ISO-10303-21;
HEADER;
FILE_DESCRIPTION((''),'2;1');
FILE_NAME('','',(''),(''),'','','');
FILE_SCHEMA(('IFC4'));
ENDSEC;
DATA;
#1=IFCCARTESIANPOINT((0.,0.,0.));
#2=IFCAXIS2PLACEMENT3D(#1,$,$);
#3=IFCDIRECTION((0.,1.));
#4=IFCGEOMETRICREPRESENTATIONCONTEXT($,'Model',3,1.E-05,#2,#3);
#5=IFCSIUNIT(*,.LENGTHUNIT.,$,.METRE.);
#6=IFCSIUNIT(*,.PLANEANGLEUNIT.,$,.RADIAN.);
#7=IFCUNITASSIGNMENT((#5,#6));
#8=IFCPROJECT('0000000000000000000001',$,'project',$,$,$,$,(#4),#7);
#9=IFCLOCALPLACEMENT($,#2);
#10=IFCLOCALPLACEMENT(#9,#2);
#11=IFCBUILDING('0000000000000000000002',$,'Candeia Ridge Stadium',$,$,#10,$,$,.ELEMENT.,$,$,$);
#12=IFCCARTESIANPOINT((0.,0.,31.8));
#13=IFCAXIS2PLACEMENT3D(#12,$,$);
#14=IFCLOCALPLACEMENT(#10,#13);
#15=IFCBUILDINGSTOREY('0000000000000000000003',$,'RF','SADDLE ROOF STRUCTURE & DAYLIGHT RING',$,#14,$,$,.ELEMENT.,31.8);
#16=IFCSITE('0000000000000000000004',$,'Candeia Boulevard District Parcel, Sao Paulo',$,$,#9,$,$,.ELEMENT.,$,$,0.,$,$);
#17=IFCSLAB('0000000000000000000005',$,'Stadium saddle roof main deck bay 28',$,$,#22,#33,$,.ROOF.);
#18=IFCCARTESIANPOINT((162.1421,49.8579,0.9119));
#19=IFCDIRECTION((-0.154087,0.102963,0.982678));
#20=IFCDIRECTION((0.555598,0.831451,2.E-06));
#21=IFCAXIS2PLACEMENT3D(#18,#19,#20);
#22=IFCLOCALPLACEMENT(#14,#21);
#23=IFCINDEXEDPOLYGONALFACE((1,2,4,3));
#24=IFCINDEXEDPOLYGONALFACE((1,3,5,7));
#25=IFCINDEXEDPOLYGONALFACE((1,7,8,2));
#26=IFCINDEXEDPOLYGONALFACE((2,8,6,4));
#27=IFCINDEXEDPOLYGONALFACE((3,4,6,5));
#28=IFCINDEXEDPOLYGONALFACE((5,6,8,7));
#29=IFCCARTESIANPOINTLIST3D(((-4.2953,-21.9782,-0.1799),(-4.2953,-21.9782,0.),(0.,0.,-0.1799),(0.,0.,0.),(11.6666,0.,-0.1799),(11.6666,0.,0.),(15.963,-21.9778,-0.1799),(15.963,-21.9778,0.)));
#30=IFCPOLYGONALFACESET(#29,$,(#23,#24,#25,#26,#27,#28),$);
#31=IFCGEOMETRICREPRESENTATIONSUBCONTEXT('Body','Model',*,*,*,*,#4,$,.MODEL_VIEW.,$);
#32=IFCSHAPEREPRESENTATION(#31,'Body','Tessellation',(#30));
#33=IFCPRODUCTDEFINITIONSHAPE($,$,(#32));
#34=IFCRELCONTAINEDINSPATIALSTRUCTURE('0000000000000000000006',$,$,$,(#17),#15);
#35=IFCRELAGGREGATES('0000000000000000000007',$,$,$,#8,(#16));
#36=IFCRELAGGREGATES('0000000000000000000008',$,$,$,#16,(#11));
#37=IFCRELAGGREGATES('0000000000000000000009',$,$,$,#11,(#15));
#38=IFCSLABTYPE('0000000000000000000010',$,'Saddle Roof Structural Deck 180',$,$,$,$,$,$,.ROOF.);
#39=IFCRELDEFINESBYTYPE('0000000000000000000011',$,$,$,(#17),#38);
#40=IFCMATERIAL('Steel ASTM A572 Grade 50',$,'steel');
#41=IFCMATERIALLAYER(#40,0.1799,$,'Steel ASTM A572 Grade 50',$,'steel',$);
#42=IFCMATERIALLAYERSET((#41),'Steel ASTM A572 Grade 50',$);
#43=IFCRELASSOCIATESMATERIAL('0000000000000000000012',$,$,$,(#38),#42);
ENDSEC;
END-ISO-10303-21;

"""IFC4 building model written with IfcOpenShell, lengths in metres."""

from ifc_helpers import new_model, si_unit, direction, frame, origin, place, context, subcontext, project, spatial, polyline, outline, extrude, material, layer, layer_set, type_object, element, save


model = new_model("IFC4")

# Units and contexts
model_context = context("Model", 3, precision=1e-05, world=origin(), true_north=direction((0.0, 1.0)))
body_context = subcontext(model_context, "Body", "Model", "MODEL_VIEW")
ifc_project = project(units=[si_unit("LENGTHUNIT", "METRE"), si_unit("PLANEANGLEUNIT", "RADIAN")], contexts=[model_context])

# Site, building, storey
site_placement = place(None, origin())
site = spatial("IfcSite", under=ifc_project, at=site_placement, Name="Candeia Boulevard District Parcel, Sao Paulo", CompositionType="ELEMENT", RefElevation=0.0)
building_placement = place(site_placement, origin())
building = spatial("IfcBuilding", under=site, at=building_placement, Name="Candeia Ridge Stadium", CompositionType="ELEMENT")
storey_placement = place(building_placement, frame((0.0, 0.0, 31.8)))
storey = spatial("IfcBuildingStorey", under=building, at=storey_placement, Name="RF", Description="SADDLE ROOF STRUCTURE & DAYLIGHT RING", CompositionType="ELEMENT", Elevation=31.8)

# Shared definitions
ifc_material_1 = material(Name="Steel ASTM A572 Grade 50", Category="steel")

# Slab
ifc_layer_1 = layer(ifc_material_1, 0.1799, Name="Steel ASTM A572 Grade 50", Category="steel")
ifc_layer_set_1 = layer_set([ifc_layer_1], Name="Steel ASTM A572 Grade 50")
slab_type = type_object("IfcSlabType", Name="Saddle Roof Structural Deck 180", PredefinedType="ROOF", material=ifc_layer_set_1)
slab_placement = place(storey_placement, frame((162.1421, 49.8579, 0.9119), z_axis=(-0.154087, 0.102963, 0.982678), x_axis=(0.555598, 0.831451, 0.000002)))
element("IfcSlab", 1, at=slab_placement, inside=storey, type_object=slab_type, Name="Stadium saddle roof main deck bay 28", PredefinedType="ROOF", context=body_context, shape_type="SweptSolid", body=[
    extrude(outline(polyline([(0.0, 0.0), (11.6666, 0.0), (15.963, -21.9778), (-4.2953, -21.9782), (0.0, 0.0)])), origin(), (0.0, 0.0, -1.0), 0.1799),
])

save(model, "model.ifc")
